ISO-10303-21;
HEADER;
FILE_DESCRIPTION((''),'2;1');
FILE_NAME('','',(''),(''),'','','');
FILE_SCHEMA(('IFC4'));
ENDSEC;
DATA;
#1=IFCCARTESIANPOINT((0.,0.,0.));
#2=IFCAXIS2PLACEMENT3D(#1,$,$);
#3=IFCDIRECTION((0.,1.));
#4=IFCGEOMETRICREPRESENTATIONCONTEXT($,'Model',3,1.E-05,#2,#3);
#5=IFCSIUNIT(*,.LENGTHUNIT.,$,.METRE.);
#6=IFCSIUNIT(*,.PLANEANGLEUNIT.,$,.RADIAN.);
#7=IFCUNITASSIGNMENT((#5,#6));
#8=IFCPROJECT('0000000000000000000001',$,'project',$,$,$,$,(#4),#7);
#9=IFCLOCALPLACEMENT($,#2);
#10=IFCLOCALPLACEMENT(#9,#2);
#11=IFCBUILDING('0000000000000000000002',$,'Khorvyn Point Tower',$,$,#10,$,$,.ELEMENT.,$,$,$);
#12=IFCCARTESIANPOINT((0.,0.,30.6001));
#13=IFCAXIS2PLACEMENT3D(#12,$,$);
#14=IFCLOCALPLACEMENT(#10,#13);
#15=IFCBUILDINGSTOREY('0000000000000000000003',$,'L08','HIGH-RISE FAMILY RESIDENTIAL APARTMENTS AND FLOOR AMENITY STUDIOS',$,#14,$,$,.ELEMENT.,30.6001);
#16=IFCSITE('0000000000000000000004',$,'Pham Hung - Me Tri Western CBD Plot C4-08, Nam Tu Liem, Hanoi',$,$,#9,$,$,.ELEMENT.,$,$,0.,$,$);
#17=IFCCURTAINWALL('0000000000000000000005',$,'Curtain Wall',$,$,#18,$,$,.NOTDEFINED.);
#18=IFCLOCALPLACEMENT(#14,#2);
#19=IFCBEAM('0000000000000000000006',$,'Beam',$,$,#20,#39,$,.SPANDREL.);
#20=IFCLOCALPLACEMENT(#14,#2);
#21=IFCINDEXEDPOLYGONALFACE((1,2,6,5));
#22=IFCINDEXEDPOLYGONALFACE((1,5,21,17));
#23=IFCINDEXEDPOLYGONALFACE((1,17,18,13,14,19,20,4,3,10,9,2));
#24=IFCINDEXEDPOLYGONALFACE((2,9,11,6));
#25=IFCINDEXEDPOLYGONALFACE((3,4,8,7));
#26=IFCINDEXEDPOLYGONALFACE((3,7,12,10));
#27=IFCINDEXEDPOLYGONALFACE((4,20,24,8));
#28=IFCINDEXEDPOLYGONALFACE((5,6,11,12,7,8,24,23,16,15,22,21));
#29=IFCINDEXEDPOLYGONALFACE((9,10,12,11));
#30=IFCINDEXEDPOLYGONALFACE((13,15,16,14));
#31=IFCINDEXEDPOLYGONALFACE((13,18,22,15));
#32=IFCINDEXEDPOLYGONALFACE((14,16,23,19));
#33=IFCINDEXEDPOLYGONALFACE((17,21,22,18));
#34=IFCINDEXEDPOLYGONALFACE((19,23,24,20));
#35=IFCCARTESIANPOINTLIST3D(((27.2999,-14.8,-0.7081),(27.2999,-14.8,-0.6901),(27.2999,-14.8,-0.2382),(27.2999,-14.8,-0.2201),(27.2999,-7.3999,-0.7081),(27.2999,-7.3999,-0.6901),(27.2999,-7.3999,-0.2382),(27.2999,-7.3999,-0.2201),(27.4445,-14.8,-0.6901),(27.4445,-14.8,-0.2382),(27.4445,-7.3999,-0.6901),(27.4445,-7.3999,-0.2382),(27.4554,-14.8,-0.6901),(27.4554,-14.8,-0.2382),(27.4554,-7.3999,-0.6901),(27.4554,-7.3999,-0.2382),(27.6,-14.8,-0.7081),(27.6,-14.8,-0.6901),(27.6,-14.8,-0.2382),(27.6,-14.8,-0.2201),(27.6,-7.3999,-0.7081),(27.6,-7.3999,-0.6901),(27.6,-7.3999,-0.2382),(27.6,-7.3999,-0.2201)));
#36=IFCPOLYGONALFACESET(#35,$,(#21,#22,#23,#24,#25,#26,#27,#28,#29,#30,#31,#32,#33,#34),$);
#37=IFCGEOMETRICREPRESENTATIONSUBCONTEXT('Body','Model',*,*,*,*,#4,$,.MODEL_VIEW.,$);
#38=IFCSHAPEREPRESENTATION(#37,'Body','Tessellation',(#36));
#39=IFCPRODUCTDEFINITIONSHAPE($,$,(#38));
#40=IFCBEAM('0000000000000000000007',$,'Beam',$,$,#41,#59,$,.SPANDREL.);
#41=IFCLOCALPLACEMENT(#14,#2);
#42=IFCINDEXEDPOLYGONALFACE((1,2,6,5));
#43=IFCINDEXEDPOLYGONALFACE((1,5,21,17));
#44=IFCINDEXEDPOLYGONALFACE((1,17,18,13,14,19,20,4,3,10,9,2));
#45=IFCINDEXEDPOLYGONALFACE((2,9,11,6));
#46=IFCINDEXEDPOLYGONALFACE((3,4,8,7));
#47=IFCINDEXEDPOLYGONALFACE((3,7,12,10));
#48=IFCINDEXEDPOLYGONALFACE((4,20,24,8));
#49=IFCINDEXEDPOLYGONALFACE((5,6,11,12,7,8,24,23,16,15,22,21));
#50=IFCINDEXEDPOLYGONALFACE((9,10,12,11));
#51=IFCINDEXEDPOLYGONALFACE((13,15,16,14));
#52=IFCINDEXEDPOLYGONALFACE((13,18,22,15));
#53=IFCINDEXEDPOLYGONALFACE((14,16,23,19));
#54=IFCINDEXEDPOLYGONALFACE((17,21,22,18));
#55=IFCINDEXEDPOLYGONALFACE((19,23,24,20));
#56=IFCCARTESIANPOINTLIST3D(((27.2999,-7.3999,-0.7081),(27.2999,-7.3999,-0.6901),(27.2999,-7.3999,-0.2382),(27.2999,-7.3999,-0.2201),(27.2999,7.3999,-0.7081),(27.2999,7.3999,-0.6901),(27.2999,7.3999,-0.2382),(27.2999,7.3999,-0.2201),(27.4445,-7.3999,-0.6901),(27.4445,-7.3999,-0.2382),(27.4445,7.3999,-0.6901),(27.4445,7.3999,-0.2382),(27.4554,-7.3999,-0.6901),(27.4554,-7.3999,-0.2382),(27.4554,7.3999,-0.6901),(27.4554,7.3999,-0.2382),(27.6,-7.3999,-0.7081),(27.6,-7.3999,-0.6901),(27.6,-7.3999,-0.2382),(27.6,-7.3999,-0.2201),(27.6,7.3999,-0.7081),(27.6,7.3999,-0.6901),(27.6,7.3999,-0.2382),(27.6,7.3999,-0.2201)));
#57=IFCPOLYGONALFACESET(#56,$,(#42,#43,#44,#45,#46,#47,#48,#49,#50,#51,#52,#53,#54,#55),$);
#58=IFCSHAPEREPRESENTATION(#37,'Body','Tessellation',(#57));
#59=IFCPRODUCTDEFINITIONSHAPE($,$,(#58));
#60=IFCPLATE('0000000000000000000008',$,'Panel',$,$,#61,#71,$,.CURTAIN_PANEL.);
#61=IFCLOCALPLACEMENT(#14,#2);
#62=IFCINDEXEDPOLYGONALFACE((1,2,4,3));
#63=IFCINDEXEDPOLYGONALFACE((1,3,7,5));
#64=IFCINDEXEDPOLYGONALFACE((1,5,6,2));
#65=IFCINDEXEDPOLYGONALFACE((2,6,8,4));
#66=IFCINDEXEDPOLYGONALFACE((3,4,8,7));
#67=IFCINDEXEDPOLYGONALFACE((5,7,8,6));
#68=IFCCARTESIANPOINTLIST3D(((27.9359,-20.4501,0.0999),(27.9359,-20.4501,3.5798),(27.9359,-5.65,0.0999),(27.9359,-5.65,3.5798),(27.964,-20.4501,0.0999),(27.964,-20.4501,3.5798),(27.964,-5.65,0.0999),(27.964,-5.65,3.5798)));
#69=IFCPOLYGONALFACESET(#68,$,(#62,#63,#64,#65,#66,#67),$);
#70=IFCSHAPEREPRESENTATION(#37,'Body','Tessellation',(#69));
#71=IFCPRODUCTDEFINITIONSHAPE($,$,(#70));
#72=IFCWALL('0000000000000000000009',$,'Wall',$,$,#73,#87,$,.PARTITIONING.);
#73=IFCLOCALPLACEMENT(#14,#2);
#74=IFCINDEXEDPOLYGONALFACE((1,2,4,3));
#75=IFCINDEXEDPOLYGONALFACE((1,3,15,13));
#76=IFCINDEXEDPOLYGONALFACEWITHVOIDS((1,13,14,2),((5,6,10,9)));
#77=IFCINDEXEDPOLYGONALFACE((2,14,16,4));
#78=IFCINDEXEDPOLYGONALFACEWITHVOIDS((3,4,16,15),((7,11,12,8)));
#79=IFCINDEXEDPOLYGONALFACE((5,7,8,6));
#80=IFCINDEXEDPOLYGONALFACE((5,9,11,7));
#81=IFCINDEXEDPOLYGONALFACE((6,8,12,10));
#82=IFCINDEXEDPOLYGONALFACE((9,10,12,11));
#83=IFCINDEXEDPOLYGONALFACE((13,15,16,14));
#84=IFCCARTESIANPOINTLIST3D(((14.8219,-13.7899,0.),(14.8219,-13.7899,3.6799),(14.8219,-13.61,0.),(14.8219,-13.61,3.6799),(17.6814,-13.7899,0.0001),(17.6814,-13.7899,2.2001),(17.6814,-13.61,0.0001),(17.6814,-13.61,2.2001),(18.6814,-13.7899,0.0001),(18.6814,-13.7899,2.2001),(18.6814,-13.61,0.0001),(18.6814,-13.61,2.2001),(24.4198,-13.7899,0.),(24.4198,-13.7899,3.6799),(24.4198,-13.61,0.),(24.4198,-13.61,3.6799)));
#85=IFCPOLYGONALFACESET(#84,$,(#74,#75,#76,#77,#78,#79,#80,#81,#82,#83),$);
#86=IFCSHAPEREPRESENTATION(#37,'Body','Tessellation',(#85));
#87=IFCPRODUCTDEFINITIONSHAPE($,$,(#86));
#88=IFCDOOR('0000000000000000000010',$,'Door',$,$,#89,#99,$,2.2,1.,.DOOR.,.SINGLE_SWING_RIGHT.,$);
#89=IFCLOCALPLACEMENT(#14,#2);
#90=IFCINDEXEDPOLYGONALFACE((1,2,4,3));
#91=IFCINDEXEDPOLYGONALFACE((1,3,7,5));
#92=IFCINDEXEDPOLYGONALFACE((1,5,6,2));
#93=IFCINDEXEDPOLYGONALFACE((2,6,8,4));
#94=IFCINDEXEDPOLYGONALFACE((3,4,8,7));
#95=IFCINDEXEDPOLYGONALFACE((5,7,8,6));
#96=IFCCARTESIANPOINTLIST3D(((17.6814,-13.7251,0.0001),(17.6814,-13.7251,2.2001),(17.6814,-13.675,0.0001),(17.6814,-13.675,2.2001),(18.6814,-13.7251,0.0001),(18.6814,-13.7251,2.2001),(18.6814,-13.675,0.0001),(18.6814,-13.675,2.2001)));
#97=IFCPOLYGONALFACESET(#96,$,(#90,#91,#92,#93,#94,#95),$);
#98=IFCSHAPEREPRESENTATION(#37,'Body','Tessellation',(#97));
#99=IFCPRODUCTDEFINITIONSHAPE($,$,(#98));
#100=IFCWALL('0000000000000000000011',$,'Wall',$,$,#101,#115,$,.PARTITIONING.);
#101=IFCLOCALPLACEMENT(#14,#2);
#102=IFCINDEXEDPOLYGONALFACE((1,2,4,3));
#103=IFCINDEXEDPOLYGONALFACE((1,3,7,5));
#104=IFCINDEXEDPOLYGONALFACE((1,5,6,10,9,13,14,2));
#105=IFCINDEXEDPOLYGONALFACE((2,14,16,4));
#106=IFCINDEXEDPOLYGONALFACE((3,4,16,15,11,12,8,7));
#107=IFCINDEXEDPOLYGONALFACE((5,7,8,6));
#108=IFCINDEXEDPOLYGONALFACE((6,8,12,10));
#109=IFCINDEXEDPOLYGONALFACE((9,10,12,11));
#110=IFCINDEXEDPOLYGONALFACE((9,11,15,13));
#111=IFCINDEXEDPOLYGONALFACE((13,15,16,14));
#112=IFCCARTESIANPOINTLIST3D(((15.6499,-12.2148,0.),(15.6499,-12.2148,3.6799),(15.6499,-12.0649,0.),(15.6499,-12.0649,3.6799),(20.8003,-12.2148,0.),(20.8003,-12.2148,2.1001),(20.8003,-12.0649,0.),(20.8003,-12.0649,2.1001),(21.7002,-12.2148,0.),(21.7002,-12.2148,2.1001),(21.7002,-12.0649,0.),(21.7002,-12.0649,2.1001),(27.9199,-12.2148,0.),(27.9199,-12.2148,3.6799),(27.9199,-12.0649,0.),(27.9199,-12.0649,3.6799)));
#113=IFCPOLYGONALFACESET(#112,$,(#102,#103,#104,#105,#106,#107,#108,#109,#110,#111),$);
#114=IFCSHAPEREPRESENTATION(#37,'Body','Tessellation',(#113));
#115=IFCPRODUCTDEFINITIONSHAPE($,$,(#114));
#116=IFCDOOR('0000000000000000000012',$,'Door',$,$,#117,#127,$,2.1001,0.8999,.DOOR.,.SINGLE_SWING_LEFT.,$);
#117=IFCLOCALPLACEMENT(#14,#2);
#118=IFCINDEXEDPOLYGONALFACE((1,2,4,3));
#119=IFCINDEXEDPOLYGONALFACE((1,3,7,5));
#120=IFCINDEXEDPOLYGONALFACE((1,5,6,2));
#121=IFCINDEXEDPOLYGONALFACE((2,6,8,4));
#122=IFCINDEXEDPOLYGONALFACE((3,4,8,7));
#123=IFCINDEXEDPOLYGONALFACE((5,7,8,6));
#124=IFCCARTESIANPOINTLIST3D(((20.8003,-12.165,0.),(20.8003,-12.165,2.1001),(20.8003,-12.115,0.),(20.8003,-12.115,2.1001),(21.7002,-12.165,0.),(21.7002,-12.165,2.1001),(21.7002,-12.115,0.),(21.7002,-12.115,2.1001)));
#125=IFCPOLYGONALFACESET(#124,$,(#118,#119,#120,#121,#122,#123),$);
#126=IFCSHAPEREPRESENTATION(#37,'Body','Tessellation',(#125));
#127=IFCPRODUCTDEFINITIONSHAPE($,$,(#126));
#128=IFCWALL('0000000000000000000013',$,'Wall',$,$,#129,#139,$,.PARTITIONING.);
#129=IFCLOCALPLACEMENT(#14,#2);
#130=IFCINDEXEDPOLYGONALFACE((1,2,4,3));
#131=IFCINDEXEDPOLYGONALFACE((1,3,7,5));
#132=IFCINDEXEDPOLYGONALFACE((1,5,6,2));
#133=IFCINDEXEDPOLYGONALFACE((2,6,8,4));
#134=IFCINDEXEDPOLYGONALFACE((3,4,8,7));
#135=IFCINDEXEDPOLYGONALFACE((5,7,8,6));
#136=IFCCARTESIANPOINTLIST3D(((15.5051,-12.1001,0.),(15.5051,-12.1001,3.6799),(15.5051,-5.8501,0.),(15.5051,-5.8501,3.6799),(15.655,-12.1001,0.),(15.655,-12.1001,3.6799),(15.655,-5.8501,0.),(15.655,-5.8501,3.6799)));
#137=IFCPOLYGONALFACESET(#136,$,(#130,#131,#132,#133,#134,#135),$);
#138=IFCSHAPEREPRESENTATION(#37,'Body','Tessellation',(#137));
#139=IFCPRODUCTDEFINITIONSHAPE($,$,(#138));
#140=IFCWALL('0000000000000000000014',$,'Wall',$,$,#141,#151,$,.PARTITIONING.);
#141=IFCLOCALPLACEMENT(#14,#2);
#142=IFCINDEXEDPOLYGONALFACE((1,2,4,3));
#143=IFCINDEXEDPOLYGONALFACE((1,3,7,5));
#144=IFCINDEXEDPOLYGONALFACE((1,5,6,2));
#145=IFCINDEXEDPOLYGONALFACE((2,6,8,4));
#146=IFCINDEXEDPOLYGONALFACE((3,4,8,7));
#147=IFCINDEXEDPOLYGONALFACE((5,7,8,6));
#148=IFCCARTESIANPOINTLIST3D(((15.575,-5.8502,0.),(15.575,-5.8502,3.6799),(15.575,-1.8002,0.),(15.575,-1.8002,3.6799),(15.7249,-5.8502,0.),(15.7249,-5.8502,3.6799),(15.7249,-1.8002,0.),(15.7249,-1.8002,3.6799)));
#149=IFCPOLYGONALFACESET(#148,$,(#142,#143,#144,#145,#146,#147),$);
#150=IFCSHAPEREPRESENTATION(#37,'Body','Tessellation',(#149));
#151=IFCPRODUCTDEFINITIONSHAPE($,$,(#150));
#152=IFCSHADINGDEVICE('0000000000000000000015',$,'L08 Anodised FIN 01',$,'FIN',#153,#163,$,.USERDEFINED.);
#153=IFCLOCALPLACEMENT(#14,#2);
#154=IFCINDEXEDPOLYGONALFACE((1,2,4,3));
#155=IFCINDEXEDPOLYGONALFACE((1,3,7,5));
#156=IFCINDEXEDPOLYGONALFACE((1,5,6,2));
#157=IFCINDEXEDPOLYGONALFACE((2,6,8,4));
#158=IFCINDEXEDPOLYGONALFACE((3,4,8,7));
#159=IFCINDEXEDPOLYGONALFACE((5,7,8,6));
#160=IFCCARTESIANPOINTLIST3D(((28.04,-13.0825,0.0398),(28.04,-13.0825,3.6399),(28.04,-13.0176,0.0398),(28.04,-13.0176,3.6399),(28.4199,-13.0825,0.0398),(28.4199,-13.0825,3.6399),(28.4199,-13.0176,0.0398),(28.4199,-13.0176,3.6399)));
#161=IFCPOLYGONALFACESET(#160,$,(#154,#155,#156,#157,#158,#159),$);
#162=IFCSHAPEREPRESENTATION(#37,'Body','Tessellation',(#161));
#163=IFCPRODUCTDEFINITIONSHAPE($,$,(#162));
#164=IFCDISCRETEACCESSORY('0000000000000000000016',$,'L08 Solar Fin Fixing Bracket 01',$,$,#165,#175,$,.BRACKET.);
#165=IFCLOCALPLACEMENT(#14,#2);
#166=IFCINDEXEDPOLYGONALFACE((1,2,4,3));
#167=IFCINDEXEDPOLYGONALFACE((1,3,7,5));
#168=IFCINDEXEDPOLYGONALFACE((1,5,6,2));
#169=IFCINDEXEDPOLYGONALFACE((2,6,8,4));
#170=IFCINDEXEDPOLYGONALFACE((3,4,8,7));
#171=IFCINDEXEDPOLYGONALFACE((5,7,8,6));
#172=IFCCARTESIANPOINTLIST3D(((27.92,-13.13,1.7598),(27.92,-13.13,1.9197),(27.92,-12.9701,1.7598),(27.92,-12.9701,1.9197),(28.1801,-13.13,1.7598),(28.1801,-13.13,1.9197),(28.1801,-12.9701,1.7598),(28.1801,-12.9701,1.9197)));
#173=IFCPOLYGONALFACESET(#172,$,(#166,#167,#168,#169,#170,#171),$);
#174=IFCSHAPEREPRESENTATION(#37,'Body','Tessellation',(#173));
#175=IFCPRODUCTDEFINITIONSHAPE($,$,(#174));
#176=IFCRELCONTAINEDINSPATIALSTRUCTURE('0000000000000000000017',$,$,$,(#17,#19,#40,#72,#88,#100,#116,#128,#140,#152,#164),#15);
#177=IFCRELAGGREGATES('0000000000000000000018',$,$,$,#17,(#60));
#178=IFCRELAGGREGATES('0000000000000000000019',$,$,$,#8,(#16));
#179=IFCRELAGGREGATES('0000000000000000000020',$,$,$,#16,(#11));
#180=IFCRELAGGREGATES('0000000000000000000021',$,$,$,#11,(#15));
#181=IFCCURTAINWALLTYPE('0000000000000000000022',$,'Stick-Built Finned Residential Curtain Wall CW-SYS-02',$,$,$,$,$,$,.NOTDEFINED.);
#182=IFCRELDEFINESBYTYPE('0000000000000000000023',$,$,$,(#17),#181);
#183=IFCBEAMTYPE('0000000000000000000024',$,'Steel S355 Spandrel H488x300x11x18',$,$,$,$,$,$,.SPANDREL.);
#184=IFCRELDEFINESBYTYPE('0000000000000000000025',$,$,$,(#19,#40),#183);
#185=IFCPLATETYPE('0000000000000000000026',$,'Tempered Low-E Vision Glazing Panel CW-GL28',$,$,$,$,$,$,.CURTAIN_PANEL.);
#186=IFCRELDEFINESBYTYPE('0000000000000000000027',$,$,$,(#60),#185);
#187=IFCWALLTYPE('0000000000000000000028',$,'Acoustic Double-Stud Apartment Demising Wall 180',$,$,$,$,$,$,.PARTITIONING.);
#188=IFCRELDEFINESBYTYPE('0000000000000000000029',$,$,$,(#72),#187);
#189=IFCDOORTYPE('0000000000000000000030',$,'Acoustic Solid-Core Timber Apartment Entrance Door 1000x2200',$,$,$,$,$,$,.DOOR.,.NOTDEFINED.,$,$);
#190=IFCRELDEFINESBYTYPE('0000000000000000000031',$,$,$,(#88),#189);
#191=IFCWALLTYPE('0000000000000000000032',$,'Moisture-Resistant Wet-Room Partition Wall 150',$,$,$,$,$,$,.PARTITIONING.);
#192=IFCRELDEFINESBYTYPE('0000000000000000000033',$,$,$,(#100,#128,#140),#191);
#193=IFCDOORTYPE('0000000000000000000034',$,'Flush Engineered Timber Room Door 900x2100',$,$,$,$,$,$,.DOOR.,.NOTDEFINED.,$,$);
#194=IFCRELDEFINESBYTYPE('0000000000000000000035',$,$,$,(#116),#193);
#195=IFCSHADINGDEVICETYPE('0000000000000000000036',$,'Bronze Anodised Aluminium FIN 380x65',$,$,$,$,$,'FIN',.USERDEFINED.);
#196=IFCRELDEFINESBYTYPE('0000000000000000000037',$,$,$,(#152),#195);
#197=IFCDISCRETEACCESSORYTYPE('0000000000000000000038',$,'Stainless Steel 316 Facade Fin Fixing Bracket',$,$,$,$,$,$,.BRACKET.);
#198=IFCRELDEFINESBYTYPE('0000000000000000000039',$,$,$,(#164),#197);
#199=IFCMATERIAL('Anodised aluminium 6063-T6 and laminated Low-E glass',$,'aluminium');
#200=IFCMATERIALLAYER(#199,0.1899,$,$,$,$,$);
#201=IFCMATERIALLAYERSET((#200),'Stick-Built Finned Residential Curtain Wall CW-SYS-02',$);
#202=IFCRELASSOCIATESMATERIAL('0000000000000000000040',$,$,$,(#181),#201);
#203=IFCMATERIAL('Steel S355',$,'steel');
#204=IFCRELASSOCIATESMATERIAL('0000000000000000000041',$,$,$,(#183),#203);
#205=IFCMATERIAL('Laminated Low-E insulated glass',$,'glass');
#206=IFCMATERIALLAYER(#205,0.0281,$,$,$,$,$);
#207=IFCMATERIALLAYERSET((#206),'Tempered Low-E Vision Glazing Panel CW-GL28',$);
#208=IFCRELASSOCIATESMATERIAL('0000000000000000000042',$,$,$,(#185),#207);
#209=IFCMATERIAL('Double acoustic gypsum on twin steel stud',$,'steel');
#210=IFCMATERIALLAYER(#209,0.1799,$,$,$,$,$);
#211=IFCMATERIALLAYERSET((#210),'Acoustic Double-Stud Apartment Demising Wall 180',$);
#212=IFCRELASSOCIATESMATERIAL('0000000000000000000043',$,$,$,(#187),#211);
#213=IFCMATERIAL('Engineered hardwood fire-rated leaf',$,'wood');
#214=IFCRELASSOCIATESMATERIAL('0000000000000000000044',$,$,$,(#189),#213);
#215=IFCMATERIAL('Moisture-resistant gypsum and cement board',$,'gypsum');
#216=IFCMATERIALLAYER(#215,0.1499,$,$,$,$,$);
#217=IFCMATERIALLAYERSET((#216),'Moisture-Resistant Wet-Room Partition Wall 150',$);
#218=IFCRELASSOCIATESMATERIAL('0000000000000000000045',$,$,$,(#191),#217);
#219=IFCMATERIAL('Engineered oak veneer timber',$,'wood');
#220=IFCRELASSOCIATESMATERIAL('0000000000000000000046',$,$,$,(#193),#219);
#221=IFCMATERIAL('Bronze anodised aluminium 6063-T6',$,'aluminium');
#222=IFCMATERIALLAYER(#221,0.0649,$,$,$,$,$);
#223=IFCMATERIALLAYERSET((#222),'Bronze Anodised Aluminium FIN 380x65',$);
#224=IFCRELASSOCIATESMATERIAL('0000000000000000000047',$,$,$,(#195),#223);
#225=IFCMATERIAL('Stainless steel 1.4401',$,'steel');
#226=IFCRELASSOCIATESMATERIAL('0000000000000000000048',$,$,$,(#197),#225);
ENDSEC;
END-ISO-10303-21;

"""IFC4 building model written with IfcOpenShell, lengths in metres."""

from ifc_helpers import new_model, si_unit, direction, frame, frame_2d, origin, origin_2d, place, context, subcontext, project, spatial, rectangle, i_section, extrude, material, layer, layer_set, material_profile, profile_set, type_object, element, fill, aggregate, save


model = new_model("IFC4")

# Units and contexts
model_context = context("Model", 3, precision=1e-05, world=origin(), true_north=direction((0.0, 1.0)))
body_context = subcontext(model_context, "Body", "Model", "MODEL_VIEW")
ifc_project = project(units=[si_unit("LENGTHUNIT", "METRE"), si_unit("PLANEANGLEUNIT", "RADIAN")], contexts=[model_context])

# Site, building, storey
site_placement = place(None, origin())
site = spatial("IfcSite", under=ifc_project, at=site_placement, Name="Pham Hung - Me Tri Western CBD Plot C4-08, Nam Tu Liem, Hanoi", CompositionType="ELEMENT", RefElevation=0.0)
building_placement = place(site_placement, origin())
building = spatial("IfcBuilding", under=site, at=building_placement, Name="Khorvyn Point Tower", CompositionType="ELEMENT")
storey_placement = place(building_placement, frame((0.0, 0.0, 30.6001)))
storey = spatial("IfcBuildingStorey", under=building, at=storey_placement, Name="L08", Description="HIGH-RISE FAMILY RESIDENTIAL APARTMENTS AND FLOOR AMENITY STUDIOS", CompositionType="ELEMENT", Elevation=30.6001)

# Curtain wall
ifc_material_1 = material(Name="Anodised aluminium 6063-T6 and laminated Low-E glass", Category="aluminium")
ifc_layer_1 = layer(ifc_material_1, 0.1899)
ifc_layer_set_1 = layer_set([ifc_layer_1], Name="Stick-Built Finned Residential Curtain Wall CW-SYS-02")
curtain_wall_type = type_object("IfcCurtainWallType", Name="Stick-Built Finned Residential Curtain Wall CW-SYS-02", PredefinedType="NOTDEFINED", material=ifc_layer_set_1)
curtain_wall_placement = place(storey_placement, origin())
curtain_wall = element("IfcCurtainWall", 1, at=curtain_wall_placement, inside=storey, type_object=curtain_wall_type, Name="Curtain Wall", PredefinedType="NOTDEFINED")

# Beams
ifc_material_2 = material(Name="Steel S355", Category="steel")
ifc_material_profile_1 = material_profile(ifc_material_2, i_section(OverallWidth=0.3, OverallDepth=0.488, WebThickness=0.011, FlangeThickness=0.0181, at=origin_2d()))
ifc_profile_set_1 = profile_set([ifc_material_profile_1], Name="Steel S355 H488x300x11x18")
beam_type_1 = type_object("IfcBeamType", Name="Steel S355 Spandrel H488x300x11x18", PredefinedType="SPANDREL", material=ifc_profile_set_1)
beam_1_placement = place(storey_placement, frame((27.45, -14.8, -0.4641), z_axis=(0.0, 1.0, 0.0), x_axis=(-1.0, 0.0, 0.0)))
element("IfcBeam", 2, at=beam_1_placement, inside=storey, type_object=beam_type_1, Name="Beam", PredefinedType="SPANDREL", context=body_context, shape_type="SweptSolid", body=[
    extrude(i_section(OverallWidth=0.3, OverallDepth=0.488, WebThickness=0.011, FlangeThickness=0.0181, at=origin_2d()), origin(), (0.0, 0.0, 1.0), 7.4001),
])
beam_2_placement = place(storey_placement, frame((27.45, -7.3999, -0.4641), z_axis=(0.0, 1.0, 0.0), x_axis=(-1.0, 0.0, 0.0)))
element("IfcBeam", 3, at=beam_2_placement, inside=storey, type_object=beam_type_1, Name="Beam", PredefinedType="SPANDREL", context=body_context, shape_type="SweptSolid", body=[
    extrude(i_section(OverallWidth=0.3, OverallDepth=0.488, WebThickness=0.011, FlangeThickness=0.0181, at=origin_2d()), origin(), (0.0, 0.0, 1.0), 14.7998),
])

# Plate
ifc_material_3 = material(Name="Laminated Low-E insulated glass", Category="glass")
ifc_layer_2 = layer(ifc_material_3, 0.0281)
ifc_layer_set_2 = layer_set([ifc_layer_2], Name="Tempered Low-E Vision Glazing Panel CW-GL28")
plate_type = type_object("IfcPlateType", Name="Tempered Low-E Vision Glazing Panel CW-GL28", PredefinedType="CURTAIN_PANEL", material=ifc_layer_set_2)
plate_placement = place(storey_placement, frame((27.95, -13.05, 0.0999), z_axis=(0.0, 0.0, 1.0), x_axis=(0.0, -1.0, 0.0)))
plate = element("IfcPlate", 4, at=plate_placement, type_object=plate_type, Name="Panel", PredefinedType="CURTAIN_PANEL", context=body_context, shape_type="SweptSolid", body=[
    extrude(rectangle(XDim=14.8, YDim=0.0281, at=origin_2d()), origin(), (0.0, 0.0, 1.0), 3.48),
])
aggregate(curtain_wall, [plate])

# Walls, openings, doors
ifc_material_4 = material(Name="Double acoustic gypsum on twin steel stud", Category="steel")
ifc_layer_3 = layer(ifc_material_4, 0.1799)
ifc_layer_set_3 = layer_set([ifc_layer_3], Name="Acoustic Double-Stud Apartment Demising Wall 180")
wall_type_1 = type_object("IfcWallType", Name="Acoustic Double-Stud Apartment Demising Wall 180", PredefinedType="PARTITIONING", material=ifc_layer_set_3)
wall_1_placement = place(storey_placement, frame((14.822, -13.7, 0.0), z_axis=(0.0, 0.0, 1.0), x_axis=(1.0, 0.0, 0.0)))
wall_1 = element("IfcWall", 5, at=wall_1_placement, inside=storey, type_object=wall_type_1, Name="Wall", PredefinedType="PARTITIONING", context=body_context, shape_type="SweptSolid", body=[
    extrude(rectangle(XDim=9.5979, YDim=0.1799, at=frame_2d((4.7988, 0.0))), origin(), (0.0, 0.0, 1.0), 3.6799),
])
opening_1_placement = place(wall_1_placement, frame((2.8594, 0.0, 0.0)))
opening_1 = element("IfcOpeningElement", 6, at=opening_1_placement, cuts=wall_1, PredefinedType="OPENING", context=body_context, shape_type="SweptSolid", body=[
    extrude(rectangle(XDim=1.0, YDim=2.2, at=frame_2d((0.5, 1.1001))), frame((0.0, 0.0999, 0.0), z_axis=(0.0, -1.0, 0.0), x_axis=(1.0, 0.0, 0.0)), (0.0, 0.0, 1.0), 0.2),
])
ifc_material_5 = material(Name="Engineered hardwood fire-rated leaf", Category="wood")
door_type_1 = type_object("IfcDoorType", Name="Acoustic Solid-Core Timber Apartment Entrance Door 1000x2200", OperationType="NOTDEFINED", PredefinedType="DOOR", material=ifc_material_5)
door_1_placement = place(opening_1_placement, origin())
door_1 = element("IfcDoor", 7, at=door_1_placement, inside=storey, type_object=door_type_1, Name="Door", OperationType="SINGLE_SWING_RIGHT", OverallHeight=2.2, OverallWidth=1.0, PredefinedType="DOOR", context=body_context, shape_type="SweptSolid", body=[
    extrude(rectangle(XDim=1.0, YDim=2.2, at=frame_2d((0.5, 1.1001))), frame((0.0, 0.0249, 0.0), z_axis=(0.0, -1.0, 0.0), x_axis=(1.0, 0.0, 0.0)), (0.0, 0.0, 1.0), 0.05),
])
fill(opening_1, door_1)
ifc_material_6 = material(Name="Moisture-resistant gypsum and cement board", Category="gypsum")
ifc_layer_4 = layer(ifc_material_6, 0.1499)
ifc_layer_set_4 = layer_set([ifc_layer_4], Name="Moisture-Resistant Wet-Room Partition Wall 150")
wall_type_2 = type_object("IfcWallType", Name="Moisture-Resistant Wet-Room Partition Wall 150", PredefinedType="PARTITIONING", material=ifc_layer_set_4)
wall_2_placement = place(storey_placement, frame((15.6499, -12.1399, 0.0), z_axis=(0.0, 0.0, 1.0), x_axis=(1.0, 0.0, 0.0)))
wall_2 = element("IfcWall", 8, at=wall_2_placement, inside=storey, type_object=wall_type_2, Name="Wall", PredefinedType="PARTITIONING", context=body_context, shape_type="SweptSolid", body=[
    extrude(rectangle(XDim=12.27, YDim=0.1499, at=frame_2d((6.135, 0.0))), origin(), (0.0, 0.0, 1.0), 3.6799),
])
opening_2_placement = place(wall_2_placement, frame((5.1504, 0.0, 0.0)))
opening_2 = element("IfcOpeningElement", 9, at=opening_2_placement, cuts=wall_2, PredefinedType="OPENING", context=body_context, shape_type="SweptSolid", body=[
    extrude(rectangle(XDim=0.8999, YDim=2.1001, at=frame_2d((0.45, 1.05))), frame((0.0, 0.085, 0.0), z_axis=(0.0, -1.0, 0.0), x_axis=(1.0, 0.0, 0.0)), (0.0, 0.0, 1.0), 0.1699),
])
ifc_material_7 = material(Name="Engineered oak veneer timber", Category="wood")
door_type_2 = type_object("IfcDoorType", Name="Flush Engineered Timber Room Door 900x2100", OperationType="NOTDEFINED", PredefinedType="DOOR", material=ifc_material_7)
door_2_placement = place(opening_2_placement, origin())
door_2 = element("IfcDoor", 10, at=door_2_placement, inside=storey, type_object=door_type_2, Name="Door", OperationType="SINGLE_SWING_LEFT", OverallHeight=2.1001, OverallWidth=0.8999, PredefinedType="DOOR", context=body_context, shape_type="SweptSolid", body=[
    extrude(rectangle(XDim=0.8999, YDim=2.1001, at=frame_2d((0.45, 1.05))), frame((0.0, 0.0249, 0.0), z_axis=(0.0, -1.0, 0.0), x_axis=(1.0, 0.0, 0.0)), (0.0, 0.0, 1.0), 0.05),
])
fill(opening_2, door_2)

# Walls
wall_3_placement = place(storey_placement, frame((15.5801, -12.1001, 0.0), z_axis=(0.0, 0.0, 1.0), x_axis=(0.0, 1.0, 0.0)))
element("IfcWall", 11, at=wall_3_placement, inside=storey, type_object=wall_type_2, Name="Wall", PredefinedType="PARTITIONING", context=body_context, shape_type="SweptSolid", body=[
    extrude(rectangle(XDim=6.25, YDim=0.1499, at=frame_2d((3.125, 0.0))), origin(), (0.0, 0.0, 1.0), 3.6799),
])
wall_4_placement = place(storey_placement, frame((15.6499, -5.8501, 0.0), z_axis=(0.0, 0.0, 1.0), x_axis=(0.0, 1.0, 0.0)))
element("IfcWall", 12, at=wall_4_placement, inside=storey, type_object=wall_type_2, Name="Wall", PredefinedType="PARTITIONING", context=body_context, shape_type="SweptSolid", body=[
    extrude(rectangle(XDim=4.05, YDim=0.1499, at=frame_2d((2.0249, 0.0))), origin(), (0.0, 0.0, 1.0), 3.6799),
])

# Shading device
ifc_material_8 = material(Name="Bronze anodised aluminium 6063-T6", Category="aluminium")
ifc_layer_5 = layer(ifc_material_8, 0.0649)
ifc_layer_set_5 = layer_set([ifc_layer_5], Name="Bronze Anodised Aluminium FIN 380x65")
shading_device_type = type_object("IfcShadingDeviceType", Name="Bronze Anodised Aluminium FIN 380x65", ElementType="FIN", PredefinedType="USERDEFINED", material=ifc_layer_set_5)
shading_device_placement = place(storey_placement, frame((28.23, -13.05, 0.0398), z_axis=(0.0, 0.0, 1.0), x_axis=(1.0, 0.0, 0.0)))
element("IfcShadingDevice", 13, at=shading_device_placement, inside=storey, type_object=shading_device_type, Name="L08 Anodised FIN 01", ObjectType="FIN", PredefinedType="USERDEFINED", context=body_context, shape_type="SweptSolid", body=[
    extrude(rectangle(XDim=0.3799, YDim=0.0649, at=origin_2d()), origin(), (0.0, 0.0, 1.0), 3.6001),
])

# Discrete accessory
ifc_material_9 = material(Name="Stainless steel 1.4401", Category="steel")
discrete_accessory_type = type_object("IfcDiscreteAccessoryType", Name="Stainless Steel 316 Facade Fin Fixing Bracket", PredefinedType="BRACKET", material=ifc_material_9)
discrete_accessory_placement = place(storey_placement, frame((28.05, -13.05, 1.7598), z_axis=(0.0, 0.0, 1.0), x_axis=(0.0, -1.0, 0.0)))
element("IfcDiscreteAccessory", 14, at=discrete_accessory_placement, inside=storey, type_object=discrete_accessory_type, Name="L08 Solar Fin Fixing Bracket 01", PredefinedType="BRACKET", context=body_context, shape_type="SweptSolid", body=[
    extrude(rectangle(XDim=0.1599, YDim=0.26, at=origin_2d()), origin(), (0.0, 0.0, 1.0), 0.1599),
])

save(model, "model.ifc")
